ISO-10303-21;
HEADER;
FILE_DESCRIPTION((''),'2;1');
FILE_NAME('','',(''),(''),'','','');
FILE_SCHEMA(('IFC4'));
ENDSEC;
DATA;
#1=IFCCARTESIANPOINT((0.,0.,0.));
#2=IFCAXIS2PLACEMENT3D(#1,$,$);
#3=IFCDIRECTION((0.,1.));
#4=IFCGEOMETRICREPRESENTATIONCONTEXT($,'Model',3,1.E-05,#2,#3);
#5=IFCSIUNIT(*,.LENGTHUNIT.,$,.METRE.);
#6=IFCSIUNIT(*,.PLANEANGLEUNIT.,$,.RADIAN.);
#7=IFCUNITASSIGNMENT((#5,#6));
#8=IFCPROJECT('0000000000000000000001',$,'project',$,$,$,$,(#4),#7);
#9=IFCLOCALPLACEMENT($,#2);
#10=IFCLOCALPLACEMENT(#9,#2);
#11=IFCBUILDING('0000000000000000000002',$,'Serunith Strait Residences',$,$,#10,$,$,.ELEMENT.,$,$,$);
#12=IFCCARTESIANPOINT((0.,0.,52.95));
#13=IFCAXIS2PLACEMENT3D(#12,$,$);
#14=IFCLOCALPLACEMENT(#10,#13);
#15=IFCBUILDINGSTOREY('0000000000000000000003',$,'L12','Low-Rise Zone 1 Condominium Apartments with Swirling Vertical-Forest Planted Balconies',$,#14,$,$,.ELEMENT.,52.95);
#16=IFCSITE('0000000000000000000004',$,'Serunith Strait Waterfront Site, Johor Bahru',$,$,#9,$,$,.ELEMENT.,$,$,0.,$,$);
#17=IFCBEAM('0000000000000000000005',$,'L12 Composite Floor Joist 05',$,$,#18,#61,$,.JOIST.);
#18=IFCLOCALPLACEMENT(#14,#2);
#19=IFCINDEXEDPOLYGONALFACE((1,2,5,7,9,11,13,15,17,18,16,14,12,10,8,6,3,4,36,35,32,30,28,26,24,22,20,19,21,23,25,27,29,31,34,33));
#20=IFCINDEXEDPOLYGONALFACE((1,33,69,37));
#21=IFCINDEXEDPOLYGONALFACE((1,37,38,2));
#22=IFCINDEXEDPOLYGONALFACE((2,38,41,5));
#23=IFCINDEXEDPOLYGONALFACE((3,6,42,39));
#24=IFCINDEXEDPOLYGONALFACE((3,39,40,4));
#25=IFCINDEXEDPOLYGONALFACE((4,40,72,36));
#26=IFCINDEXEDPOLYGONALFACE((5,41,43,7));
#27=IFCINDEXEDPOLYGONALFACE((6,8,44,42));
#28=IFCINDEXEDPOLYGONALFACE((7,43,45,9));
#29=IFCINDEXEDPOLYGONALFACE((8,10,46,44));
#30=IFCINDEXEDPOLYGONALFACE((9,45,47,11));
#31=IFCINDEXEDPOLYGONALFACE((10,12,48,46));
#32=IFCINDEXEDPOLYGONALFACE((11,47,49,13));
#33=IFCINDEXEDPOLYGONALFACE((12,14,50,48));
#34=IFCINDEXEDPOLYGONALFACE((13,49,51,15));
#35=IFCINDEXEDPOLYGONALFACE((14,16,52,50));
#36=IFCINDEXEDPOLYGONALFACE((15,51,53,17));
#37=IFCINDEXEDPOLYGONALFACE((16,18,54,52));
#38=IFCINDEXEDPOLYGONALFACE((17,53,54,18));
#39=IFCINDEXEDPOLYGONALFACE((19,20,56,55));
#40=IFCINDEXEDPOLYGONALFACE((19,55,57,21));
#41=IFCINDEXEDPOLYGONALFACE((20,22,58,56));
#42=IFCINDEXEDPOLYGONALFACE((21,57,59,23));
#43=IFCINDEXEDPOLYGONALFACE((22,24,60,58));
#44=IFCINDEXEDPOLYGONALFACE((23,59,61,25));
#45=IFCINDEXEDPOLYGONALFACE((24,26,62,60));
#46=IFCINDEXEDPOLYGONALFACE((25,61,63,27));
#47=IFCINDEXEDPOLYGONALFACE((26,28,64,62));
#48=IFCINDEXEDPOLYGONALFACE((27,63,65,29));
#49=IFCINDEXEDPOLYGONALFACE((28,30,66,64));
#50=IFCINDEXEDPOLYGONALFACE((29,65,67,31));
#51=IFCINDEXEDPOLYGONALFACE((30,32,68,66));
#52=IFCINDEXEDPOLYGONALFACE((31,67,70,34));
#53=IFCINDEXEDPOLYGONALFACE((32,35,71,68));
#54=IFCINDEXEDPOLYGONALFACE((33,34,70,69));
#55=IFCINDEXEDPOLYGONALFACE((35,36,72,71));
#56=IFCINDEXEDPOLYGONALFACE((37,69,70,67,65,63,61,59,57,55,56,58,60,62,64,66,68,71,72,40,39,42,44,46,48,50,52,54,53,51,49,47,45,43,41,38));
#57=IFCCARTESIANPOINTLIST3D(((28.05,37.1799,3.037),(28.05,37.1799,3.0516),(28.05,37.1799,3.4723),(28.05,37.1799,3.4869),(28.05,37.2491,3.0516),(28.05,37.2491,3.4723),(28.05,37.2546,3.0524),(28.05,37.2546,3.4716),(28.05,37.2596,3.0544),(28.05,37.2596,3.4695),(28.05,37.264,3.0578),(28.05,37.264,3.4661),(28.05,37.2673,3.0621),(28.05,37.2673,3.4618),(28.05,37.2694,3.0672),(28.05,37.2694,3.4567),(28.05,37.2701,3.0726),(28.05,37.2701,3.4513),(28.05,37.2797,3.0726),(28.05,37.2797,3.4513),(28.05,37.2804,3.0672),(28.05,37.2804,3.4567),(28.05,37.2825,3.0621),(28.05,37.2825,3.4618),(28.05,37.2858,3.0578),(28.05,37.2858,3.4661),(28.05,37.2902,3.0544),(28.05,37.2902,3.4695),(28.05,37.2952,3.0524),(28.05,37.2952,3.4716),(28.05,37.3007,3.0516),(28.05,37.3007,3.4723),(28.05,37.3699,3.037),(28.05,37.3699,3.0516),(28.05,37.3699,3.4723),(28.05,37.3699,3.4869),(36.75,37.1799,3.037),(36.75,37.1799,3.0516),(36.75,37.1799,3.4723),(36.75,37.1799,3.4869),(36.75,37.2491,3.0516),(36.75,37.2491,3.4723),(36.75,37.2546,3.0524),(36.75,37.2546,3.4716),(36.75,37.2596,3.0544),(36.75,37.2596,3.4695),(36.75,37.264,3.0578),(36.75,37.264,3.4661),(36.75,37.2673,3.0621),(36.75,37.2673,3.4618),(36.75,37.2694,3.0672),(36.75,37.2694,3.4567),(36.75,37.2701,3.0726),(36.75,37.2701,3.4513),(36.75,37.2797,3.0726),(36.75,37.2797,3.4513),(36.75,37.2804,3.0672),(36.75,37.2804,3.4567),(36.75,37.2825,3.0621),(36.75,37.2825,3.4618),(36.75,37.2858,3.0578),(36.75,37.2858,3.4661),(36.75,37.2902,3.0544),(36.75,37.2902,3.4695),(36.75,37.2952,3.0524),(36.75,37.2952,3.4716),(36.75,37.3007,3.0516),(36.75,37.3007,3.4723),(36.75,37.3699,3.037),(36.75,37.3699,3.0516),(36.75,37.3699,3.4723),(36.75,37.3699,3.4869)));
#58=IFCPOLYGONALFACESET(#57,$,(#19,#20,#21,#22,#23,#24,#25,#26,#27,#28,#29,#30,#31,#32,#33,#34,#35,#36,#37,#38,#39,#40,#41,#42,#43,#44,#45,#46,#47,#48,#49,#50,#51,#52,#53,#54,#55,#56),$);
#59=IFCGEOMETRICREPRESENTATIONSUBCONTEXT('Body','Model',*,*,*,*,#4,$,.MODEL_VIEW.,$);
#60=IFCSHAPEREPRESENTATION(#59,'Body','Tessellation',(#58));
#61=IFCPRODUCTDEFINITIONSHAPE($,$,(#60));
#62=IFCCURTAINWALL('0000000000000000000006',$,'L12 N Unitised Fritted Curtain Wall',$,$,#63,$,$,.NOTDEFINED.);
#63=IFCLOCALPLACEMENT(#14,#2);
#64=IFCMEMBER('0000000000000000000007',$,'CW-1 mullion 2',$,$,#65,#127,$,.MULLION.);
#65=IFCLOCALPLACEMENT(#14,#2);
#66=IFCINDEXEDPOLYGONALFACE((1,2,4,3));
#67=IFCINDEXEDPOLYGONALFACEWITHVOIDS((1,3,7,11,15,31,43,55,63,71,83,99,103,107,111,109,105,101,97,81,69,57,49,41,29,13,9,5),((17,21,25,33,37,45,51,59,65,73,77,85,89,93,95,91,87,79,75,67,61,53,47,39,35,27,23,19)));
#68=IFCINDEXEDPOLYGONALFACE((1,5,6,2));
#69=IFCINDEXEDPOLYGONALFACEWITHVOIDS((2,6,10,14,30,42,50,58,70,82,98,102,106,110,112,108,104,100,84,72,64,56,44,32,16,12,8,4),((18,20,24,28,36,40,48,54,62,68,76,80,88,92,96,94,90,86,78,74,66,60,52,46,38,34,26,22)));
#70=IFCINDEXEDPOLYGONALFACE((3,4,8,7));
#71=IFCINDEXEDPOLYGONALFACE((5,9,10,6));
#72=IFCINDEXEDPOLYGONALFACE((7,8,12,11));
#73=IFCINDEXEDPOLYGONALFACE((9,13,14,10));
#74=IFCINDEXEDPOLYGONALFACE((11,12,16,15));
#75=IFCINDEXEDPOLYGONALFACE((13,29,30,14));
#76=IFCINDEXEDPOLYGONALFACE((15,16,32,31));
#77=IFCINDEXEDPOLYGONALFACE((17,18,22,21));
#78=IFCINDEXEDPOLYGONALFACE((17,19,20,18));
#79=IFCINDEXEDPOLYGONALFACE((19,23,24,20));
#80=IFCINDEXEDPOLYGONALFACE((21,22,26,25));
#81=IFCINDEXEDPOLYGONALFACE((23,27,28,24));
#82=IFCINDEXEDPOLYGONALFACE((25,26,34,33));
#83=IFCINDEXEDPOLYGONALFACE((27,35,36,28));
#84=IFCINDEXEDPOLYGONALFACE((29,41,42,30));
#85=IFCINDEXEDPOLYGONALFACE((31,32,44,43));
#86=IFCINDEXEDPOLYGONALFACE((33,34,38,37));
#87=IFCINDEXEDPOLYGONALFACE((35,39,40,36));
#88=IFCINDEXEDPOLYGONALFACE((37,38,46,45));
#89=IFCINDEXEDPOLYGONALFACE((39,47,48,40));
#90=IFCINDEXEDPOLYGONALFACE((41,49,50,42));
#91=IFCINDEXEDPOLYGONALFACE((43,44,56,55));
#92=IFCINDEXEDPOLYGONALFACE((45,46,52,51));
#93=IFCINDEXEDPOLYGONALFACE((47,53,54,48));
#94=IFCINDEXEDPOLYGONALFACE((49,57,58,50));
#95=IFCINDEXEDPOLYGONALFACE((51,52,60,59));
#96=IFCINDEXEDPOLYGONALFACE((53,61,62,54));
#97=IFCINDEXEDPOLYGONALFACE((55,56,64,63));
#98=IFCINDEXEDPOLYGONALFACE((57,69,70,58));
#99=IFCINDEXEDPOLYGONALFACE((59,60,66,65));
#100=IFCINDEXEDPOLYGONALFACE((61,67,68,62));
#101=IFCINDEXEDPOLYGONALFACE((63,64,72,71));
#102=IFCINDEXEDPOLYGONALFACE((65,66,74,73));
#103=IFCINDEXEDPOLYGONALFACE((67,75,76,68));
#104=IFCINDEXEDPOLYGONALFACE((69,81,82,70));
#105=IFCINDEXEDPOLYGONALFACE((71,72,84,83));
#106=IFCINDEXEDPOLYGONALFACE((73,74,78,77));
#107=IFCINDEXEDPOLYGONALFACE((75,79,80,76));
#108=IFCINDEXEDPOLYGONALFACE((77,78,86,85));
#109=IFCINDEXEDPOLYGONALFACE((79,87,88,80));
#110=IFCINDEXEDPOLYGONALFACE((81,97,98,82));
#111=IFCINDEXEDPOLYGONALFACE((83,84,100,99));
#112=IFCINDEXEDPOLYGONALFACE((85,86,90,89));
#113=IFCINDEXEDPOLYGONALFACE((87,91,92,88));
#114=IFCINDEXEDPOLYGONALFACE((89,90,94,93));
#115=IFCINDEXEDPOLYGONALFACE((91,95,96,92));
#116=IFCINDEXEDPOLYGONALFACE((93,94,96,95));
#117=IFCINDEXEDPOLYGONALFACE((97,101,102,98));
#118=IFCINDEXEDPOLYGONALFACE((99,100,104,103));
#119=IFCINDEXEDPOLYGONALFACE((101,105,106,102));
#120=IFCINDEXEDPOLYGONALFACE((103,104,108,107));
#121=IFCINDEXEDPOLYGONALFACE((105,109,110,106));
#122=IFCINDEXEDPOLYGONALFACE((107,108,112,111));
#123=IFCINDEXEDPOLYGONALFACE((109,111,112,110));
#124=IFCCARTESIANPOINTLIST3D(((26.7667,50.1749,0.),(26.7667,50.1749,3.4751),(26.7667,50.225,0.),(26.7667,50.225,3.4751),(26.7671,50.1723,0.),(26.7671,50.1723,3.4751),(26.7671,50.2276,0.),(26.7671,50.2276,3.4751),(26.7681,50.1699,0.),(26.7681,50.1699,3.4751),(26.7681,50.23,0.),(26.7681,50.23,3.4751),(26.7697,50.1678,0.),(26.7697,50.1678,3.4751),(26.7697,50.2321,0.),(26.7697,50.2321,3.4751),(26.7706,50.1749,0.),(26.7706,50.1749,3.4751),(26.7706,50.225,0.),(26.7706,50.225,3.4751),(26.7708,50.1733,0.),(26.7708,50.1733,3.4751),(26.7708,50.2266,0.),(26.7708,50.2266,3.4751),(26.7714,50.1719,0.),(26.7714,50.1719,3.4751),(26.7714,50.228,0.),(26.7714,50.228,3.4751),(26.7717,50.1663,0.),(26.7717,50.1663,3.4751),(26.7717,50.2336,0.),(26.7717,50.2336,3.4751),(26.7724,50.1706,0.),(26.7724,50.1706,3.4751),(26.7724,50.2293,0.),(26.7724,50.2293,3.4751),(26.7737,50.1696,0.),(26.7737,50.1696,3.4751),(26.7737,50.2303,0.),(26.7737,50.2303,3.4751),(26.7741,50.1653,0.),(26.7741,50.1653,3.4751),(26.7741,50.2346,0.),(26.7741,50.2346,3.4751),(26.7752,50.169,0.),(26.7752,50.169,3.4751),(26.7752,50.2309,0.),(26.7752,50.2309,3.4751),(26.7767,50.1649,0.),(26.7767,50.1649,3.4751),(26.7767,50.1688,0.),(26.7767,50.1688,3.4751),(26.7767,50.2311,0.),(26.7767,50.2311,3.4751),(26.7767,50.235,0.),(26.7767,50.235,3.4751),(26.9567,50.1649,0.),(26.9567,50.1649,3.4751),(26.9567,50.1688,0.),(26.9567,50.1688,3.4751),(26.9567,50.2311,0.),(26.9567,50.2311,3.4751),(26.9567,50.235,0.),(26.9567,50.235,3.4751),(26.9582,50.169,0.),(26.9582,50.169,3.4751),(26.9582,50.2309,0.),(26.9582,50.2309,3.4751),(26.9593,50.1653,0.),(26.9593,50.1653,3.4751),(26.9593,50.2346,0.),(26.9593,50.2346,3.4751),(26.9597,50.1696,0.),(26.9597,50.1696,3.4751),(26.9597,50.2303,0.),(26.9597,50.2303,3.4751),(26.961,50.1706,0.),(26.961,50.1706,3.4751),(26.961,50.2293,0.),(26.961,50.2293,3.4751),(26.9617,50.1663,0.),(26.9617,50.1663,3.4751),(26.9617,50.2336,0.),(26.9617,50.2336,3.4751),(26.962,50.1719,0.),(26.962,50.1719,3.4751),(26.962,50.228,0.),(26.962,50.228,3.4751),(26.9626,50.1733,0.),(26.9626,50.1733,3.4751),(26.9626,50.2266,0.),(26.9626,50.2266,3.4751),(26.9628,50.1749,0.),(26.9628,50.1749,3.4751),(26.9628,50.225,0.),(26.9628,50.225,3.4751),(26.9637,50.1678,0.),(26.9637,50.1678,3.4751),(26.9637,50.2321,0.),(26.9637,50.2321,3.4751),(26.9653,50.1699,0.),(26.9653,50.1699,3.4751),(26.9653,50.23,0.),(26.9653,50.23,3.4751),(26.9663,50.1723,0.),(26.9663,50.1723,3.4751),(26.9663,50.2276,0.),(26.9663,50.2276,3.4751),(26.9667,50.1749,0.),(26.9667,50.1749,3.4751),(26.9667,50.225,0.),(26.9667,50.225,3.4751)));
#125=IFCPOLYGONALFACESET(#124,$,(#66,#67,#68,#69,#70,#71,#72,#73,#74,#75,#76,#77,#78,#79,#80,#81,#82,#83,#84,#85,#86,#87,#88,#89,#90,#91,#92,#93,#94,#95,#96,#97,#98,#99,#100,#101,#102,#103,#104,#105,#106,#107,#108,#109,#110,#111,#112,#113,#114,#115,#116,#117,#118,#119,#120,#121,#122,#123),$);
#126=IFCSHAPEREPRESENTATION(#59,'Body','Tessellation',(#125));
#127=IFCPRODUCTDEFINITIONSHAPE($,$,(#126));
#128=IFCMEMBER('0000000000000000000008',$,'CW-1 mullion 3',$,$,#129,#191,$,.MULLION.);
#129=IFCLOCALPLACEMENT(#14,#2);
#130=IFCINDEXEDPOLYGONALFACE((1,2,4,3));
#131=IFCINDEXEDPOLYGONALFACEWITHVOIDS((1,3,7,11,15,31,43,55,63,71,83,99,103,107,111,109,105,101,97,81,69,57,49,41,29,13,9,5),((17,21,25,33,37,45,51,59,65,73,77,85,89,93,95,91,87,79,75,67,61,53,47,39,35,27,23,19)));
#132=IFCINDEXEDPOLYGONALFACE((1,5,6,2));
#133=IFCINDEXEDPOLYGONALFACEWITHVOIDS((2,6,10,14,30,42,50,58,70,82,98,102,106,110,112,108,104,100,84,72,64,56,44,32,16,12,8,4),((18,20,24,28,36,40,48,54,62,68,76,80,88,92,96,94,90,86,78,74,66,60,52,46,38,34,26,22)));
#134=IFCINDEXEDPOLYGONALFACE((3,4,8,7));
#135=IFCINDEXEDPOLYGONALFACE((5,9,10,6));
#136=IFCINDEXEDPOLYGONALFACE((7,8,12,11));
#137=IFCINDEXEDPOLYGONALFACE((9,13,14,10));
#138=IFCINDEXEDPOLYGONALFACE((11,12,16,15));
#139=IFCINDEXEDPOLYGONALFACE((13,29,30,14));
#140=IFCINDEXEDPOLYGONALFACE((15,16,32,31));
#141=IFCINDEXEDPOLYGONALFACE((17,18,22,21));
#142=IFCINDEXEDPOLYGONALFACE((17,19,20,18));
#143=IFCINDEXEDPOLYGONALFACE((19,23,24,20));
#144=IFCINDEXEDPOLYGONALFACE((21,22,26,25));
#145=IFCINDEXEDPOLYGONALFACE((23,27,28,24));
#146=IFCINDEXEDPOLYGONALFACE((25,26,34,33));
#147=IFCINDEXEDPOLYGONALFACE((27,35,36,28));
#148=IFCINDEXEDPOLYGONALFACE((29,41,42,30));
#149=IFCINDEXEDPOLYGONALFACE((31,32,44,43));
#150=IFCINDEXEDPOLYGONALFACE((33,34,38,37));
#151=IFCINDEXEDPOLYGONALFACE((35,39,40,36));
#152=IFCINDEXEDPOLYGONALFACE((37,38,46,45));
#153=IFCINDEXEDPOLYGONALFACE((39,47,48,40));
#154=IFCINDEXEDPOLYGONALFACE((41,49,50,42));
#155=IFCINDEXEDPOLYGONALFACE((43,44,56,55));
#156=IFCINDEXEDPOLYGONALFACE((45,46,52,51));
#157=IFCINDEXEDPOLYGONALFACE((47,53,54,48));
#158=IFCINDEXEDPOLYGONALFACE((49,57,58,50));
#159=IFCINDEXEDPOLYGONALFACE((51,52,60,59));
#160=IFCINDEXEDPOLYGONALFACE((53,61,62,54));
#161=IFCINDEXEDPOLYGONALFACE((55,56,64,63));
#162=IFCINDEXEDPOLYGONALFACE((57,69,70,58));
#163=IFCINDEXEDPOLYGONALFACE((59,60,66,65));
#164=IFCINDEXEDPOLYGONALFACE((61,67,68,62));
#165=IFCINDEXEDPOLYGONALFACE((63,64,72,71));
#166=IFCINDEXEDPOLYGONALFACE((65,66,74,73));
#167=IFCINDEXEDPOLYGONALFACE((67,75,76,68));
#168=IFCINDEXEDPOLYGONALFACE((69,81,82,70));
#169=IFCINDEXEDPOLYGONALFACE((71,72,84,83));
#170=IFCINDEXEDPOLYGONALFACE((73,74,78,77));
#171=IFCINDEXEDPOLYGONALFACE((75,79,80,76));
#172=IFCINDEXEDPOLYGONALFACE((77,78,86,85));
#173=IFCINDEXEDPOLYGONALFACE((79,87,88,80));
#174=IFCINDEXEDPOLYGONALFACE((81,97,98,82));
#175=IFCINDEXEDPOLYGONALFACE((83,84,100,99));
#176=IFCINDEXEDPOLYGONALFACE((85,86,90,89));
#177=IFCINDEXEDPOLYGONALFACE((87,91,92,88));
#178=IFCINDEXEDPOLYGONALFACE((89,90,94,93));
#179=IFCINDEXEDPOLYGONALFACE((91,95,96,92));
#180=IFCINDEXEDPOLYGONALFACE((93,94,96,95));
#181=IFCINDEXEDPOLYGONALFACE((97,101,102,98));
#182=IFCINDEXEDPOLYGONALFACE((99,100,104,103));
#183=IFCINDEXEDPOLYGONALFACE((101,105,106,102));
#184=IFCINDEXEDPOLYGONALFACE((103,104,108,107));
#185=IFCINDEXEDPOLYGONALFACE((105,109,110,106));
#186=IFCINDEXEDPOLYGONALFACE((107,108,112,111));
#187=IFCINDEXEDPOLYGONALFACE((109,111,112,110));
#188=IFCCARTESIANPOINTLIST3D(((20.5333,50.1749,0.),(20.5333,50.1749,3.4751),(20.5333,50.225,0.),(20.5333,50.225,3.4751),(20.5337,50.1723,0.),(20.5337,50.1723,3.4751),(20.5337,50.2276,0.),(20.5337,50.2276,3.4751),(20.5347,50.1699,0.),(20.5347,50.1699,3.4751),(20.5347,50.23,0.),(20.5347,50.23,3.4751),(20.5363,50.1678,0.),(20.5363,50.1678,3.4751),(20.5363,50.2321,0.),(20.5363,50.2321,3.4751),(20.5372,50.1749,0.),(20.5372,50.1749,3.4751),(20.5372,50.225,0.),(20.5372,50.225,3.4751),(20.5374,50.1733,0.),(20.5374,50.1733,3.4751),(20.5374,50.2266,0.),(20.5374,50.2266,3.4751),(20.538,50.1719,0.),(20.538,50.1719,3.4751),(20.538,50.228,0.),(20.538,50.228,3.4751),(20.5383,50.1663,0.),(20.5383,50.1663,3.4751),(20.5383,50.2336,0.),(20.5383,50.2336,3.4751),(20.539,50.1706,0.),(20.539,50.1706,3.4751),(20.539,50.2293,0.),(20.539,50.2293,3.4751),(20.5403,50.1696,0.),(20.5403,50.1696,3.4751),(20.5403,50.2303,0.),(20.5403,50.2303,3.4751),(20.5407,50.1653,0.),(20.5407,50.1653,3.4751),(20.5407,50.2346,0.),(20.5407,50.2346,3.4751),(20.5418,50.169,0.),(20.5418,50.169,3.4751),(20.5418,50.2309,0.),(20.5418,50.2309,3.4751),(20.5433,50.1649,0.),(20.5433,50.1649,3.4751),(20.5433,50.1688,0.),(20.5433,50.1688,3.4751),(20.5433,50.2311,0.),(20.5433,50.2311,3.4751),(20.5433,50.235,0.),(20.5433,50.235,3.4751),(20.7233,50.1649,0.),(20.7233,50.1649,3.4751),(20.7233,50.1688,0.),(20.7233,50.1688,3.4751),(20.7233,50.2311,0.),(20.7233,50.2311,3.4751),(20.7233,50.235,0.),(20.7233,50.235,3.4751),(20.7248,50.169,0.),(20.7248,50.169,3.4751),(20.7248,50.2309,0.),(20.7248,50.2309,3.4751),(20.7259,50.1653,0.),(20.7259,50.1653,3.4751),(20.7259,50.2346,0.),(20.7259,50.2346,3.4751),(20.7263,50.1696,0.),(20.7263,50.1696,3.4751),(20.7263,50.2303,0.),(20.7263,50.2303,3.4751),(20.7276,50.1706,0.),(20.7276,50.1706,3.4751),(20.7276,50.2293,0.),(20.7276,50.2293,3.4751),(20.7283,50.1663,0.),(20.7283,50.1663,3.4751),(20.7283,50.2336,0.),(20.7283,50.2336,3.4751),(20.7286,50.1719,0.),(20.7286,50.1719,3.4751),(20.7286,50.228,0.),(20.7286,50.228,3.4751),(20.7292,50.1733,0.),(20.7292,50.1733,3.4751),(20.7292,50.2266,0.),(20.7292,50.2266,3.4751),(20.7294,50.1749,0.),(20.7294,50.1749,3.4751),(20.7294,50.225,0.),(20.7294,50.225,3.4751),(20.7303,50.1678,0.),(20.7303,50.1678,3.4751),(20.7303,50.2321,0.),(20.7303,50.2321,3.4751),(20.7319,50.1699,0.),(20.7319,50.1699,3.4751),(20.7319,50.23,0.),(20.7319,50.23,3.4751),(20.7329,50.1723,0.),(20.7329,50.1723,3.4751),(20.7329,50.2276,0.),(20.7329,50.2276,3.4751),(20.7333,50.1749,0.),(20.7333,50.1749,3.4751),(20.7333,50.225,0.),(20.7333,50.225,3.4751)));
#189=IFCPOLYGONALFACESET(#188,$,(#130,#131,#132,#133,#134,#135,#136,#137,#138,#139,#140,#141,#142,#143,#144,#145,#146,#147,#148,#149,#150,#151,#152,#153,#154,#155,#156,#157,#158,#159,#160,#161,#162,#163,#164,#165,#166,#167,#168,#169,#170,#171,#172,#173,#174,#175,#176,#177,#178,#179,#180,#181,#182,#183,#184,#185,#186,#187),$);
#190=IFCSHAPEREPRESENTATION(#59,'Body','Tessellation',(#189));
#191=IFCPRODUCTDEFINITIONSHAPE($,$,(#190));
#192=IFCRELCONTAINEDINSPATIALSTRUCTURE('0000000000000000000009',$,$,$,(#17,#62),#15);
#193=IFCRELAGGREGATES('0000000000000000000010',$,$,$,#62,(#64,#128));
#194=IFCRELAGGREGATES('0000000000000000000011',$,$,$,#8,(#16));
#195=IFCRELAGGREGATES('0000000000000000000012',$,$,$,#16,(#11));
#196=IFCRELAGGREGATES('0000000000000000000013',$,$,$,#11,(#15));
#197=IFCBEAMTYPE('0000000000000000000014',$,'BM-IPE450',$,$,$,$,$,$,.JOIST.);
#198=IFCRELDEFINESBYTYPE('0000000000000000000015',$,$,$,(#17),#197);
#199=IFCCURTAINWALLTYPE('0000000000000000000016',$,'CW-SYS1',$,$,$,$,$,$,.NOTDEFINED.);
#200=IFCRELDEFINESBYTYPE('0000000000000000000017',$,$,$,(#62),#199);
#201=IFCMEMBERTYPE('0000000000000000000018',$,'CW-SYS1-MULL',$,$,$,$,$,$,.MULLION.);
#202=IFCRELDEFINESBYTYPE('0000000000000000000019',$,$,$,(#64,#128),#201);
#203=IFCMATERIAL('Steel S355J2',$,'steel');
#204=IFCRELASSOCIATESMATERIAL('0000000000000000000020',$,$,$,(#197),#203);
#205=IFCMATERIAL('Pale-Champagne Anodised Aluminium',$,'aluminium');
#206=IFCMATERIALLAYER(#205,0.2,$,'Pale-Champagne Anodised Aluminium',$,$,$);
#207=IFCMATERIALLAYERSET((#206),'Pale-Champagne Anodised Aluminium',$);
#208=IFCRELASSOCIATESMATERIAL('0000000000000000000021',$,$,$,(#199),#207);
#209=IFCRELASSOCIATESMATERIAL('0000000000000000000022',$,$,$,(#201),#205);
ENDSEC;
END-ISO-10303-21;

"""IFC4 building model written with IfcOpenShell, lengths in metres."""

from ifc_helpers import new_model, si_unit, direction, frame, origin, origin_2d, place, context, subcontext, project, spatial, hollow_rectangle, i_section, extrude, source, transform, mapped, material, layer, layer_set, material_profile, profile_set, type_object, element, aggregate, save


model = new_model("IFC4")

# Units and contexts
model_context = context("Model", 3, precision=1e-05, world=origin(), true_north=direction((0.0, 1.0)))
body_context = subcontext(model_context, "Body", "Model", "MODEL_VIEW")
ifc_project = project(units=[si_unit("LENGTHUNIT", "METRE"), si_unit("PLANEANGLEUNIT", "RADIAN")], contexts=[model_context])

# Site, building, storey
site_placement = place(None, origin())
site = spatial("IfcSite", under=ifc_project, at=site_placement, Name="Serunith Strait Waterfront Site, Johor Bahru", CompositionType="ELEMENT", RefElevation=0.0)
building_placement = place(site_placement, origin())
building = spatial("IfcBuilding", under=site, at=building_placement, Name="Serunith Strait Residences", CompositionType="ELEMENT")
storey_placement = place(building_placement, frame((0.0, 0.0, 52.95)))
storey = spatial("IfcBuildingStorey", under=building, at=storey_placement, Name="L12", Description="Low-Rise Zone 1 Condominium Apartments with Swirling Vertical-Forest Planted Balconies", CompositionType="ELEMENT", Elevation=52.95)

# Beam
ifc_material_1 = material(Name="Steel S355J2", Category="steel")
ifc_material_profile_1 = material_profile(ifc_material_1, i_section(OverallWidth=0.1899, OverallDepth=0.45, WebThickness=0.0095, FlangeThickness=0.0146, FilletRadius=0.021, at=origin_2d()), Name="IPE 450")
ifc_profile_set_1 = profile_set([ifc_material_profile_1], Name="Steel S355J2")
beam_type_1 = type_object("IfcBeamType", Name="BM-IPE450", PredefinedType="JOIST", material=ifc_profile_set_1)
shared_shape_1 = source(origin(), body_context, "Body", "SweptSolid", [
    extrude(i_section(OverallWidth=0.1899, OverallDepth=0.45, WebThickness=0.0095, FlangeThickness=0.0146, FilletRadius=0.021, at=origin_2d()), origin(), (0.0, 0.0, 1.0), 8.7),
])
beam_1_placement = place(storey_placement, frame((28.05, 37.2749, 3.262), z_axis=(1.0, 0.0, 0.0), x_axis=(0.0, 1.0, 0.0)))
element("IfcBeam", 1, at=beam_1_placement, inside=storey, type_object=beam_type_1, Name="L12 Composite Floor Joist 05", PredefinedType="JOIST", context=body_context, shape_type="MappedRepresentation", body=[
    mapped(shared_shape_1, transform((0.0, 0.0, 0.0), scale=1.0)),
])

# Curtain wall, members
ifc_material_2 = material(Name="Pale-Champagne Anodised Aluminium", Category="aluminium")
ifc_layer_1 = layer(ifc_material_2, 0.2, Name="Pale-Champagne Anodised Aluminium")
ifc_layer_set_1 = layer_set([ifc_layer_1], Name="Pale-Champagne Anodised Aluminium")
curtain_wall_type = type_object("IfcCurtainWallType", Name="CW-SYS1", PredefinedType="NOTDEFINED", material=ifc_layer_set_1)
curtain_wall_placement = place(storey_placement, origin())
curtain_wall = element("IfcCurtainWall", 2, at=curtain_wall_placement, inside=storey, type_object=curtain_wall_type, Name="L12 N Unitised Fritted Curtain Wall", PredefinedType="NOTDEFINED")
ifc_material_profile_2 = material_profile(ifc_material_2, hollow_rectangle(XDim=0.0701, YDim=0.2, WallThickness=0.0039, InnerFilletRadius=0.0061, OuterFilletRadius=0.01, at=origin_2d()), Name="ALU 200x70x4")
ifc_profile_set_2 = profile_set([ifc_material_profile_2], Name="Pale-Champagne Anodised Aluminium")
member_type_1 = type_object("IfcMemberType", Name="CW-SYS1-MULL", PredefinedType="MULLION", material=ifc_profile_set_2)
shared_shape_2 = source(origin(), body_context, "Body", "SweptSolid", [
    extrude(hollow_rectangle(XDim=0.0701, YDim=0.2, WallThickness=0.0039, InnerFilletRadius=0.0061, OuterFilletRadius=0.01, at=origin_2d()), origin(), (0.0, 0.0, 1.0), 3.4751),
])
member_1_placement = place(storey_placement, frame((26.8667, 50.2, 0.0), z_axis=(0.0, 0.0, 1.0), x_axis=(0.0, -1.0, 0.0)))
member_1 = element("IfcMember", 3, at=member_1_placement, type_object=member_type_1, Name="CW-1 mullion 2", PredefinedType="MULLION", context=body_context, shape_type="MappedRepresentation", body=[
    mapped(shared_shape_2, transform((0.0, 0.0, 0.0), scale=1.0)),
])
member_2_placement = place(storey_placement, frame((20.6333, 50.2, 0.0), z_axis=(0.0, 0.0, 1.0), x_axis=(0.0, -1.0, 0.0)))
member_2 = element("IfcMember", 4, at=member_2_placement, type_object=member_type_1, Name="CW-1 mullion 3", PredefinedType="MULLION", context=body_context, shape_type="MappedRepresentation", body=[
    mapped(shared_shape_2, transform((0.0, 0.0, 0.0), scale=1.0)),
])
aggregate(curtain_wall, [member_1, member_2])

save(model, "model.ifc")
